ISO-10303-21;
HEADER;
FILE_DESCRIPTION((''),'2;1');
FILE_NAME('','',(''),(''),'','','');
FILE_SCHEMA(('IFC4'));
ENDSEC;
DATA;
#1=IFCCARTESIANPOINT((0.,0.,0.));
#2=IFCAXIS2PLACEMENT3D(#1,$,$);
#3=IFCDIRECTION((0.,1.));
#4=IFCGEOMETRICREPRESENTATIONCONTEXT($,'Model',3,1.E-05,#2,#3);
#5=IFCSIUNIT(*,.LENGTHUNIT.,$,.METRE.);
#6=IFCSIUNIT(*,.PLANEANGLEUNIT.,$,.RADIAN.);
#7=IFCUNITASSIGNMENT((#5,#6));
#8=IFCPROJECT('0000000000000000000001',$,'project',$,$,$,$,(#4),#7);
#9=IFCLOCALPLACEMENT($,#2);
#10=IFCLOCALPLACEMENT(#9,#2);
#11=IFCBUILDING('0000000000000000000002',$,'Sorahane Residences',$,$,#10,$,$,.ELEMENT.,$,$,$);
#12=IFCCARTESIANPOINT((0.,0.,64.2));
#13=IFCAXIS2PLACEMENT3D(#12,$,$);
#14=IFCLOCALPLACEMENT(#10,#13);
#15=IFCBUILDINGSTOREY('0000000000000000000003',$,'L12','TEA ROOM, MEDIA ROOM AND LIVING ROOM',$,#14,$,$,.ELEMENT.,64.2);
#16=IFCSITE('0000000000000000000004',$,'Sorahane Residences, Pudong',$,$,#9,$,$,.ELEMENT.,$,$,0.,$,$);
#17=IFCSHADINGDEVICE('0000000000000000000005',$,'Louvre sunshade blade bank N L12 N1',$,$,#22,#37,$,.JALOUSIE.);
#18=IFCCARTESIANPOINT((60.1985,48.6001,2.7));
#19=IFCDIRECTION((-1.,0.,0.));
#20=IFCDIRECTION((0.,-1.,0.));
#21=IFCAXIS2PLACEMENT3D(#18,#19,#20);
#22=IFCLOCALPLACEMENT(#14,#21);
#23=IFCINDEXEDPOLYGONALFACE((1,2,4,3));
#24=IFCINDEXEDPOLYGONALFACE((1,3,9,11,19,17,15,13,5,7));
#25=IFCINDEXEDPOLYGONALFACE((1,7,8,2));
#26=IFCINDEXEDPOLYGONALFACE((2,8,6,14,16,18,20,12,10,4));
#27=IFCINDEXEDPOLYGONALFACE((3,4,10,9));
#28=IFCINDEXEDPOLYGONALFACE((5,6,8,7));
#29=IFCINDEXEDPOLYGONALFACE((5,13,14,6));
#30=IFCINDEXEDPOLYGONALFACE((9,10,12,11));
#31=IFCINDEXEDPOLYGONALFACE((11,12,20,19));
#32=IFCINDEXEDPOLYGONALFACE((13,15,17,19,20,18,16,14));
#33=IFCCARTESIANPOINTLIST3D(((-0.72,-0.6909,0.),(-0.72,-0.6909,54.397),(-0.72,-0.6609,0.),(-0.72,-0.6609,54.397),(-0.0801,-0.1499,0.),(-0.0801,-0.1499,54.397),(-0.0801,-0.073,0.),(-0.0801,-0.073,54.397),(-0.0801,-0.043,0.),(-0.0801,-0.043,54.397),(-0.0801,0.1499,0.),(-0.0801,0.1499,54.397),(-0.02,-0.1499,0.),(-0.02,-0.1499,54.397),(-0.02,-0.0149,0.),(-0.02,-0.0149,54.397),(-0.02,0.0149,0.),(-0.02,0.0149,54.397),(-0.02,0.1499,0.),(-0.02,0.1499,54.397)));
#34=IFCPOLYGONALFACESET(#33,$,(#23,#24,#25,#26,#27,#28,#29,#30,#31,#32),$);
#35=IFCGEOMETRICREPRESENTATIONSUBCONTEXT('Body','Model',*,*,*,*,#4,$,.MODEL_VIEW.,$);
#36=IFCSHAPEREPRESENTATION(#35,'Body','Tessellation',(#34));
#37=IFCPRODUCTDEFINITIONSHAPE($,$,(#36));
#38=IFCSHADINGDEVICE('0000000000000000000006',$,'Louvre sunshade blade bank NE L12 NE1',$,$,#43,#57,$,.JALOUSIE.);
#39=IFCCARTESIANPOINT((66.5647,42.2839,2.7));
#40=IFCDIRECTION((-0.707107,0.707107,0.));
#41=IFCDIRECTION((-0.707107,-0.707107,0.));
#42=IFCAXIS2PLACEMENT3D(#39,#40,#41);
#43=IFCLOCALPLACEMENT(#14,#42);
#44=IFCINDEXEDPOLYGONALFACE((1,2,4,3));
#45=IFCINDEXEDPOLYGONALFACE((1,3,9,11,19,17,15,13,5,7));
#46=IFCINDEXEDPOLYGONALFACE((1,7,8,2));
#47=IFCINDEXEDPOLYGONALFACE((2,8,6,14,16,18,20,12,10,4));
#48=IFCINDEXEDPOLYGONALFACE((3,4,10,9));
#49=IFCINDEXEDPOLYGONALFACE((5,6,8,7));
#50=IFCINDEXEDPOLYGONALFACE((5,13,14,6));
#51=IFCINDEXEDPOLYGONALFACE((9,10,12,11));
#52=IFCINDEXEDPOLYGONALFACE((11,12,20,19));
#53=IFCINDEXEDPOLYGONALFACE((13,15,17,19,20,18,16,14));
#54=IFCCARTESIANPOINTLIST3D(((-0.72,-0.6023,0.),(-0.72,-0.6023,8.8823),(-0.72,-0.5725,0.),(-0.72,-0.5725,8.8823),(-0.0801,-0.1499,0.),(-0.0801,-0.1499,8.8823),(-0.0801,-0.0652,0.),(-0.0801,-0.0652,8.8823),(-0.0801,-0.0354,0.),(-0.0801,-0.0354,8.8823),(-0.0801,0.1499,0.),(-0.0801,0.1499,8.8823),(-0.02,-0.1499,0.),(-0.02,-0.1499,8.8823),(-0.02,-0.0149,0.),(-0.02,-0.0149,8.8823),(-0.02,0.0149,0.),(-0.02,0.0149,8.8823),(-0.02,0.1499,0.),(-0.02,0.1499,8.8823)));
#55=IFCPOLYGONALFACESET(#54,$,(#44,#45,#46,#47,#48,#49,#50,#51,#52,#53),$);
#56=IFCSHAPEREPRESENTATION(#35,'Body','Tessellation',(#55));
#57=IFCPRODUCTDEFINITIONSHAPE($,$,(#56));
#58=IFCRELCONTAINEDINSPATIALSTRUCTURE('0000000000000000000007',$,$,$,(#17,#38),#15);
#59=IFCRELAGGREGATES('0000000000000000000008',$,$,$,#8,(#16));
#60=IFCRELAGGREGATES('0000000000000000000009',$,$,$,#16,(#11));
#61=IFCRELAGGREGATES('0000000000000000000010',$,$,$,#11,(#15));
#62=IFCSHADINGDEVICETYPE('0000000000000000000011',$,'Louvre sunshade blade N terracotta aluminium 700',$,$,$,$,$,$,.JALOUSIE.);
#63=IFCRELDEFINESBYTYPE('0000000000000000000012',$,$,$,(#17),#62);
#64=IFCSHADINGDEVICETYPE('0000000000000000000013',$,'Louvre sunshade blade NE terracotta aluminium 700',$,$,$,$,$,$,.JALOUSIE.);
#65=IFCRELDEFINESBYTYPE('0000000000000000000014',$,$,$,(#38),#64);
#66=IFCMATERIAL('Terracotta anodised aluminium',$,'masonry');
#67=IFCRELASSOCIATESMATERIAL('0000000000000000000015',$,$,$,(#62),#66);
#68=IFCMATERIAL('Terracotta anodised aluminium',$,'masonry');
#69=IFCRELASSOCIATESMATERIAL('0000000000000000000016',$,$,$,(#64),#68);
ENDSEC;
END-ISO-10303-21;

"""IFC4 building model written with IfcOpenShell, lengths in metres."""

from ifc_helpers import new_model, si_unit, direction, frame, origin, place, context, subcontext, project, spatial, polyline, outline, extrude, material, type_object, element, save


model = new_model("IFC4")

# Units and contexts
model_context = context("Model", 3, precision=1e-05, world=origin(), true_north=direction((0.0, 1.0)))
body_context = subcontext(model_context, "Body", "Model", "MODEL_VIEW")
ifc_project = project(units=[si_unit("LENGTHUNIT", "METRE"), si_unit("PLANEANGLEUNIT", "RADIAN")], contexts=[model_context])

# Site, building, storey
site_placement = place(None, origin())
site = spatial("IfcSite", under=ifc_project, at=site_placement, Name="Sorahane Residences, Pudong", CompositionType="ELEMENT", RefElevation=0.0)
building_placement = place(site_placement, origin())
building = spatial("IfcBuilding", under=site, at=building_placement, Name="Sorahane Residences", CompositionType="ELEMENT")
storey_placement = place(building_placement, frame((0.0, 0.0, 64.2)))
storey = spatial("IfcBuildingStorey", under=building, at=storey_placement, Name="L12", Description="TEA ROOM, MEDIA ROOM AND LIVING ROOM", CompositionType="ELEMENT", Elevation=64.2)

# Shading devices
ifc_material_1 = material(Name="Terracotta anodised aluminium", Category="masonry")
shading_device_type_1 = type_object("IfcShadingDeviceType", Name="Louvre sunshade blade N terracotta aluminium 700", PredefinedType="JALOUSIE", material=ifc_material_1)
shading_device_1_placement = place(storey_placement, frame((60.1985, 48.6001, 2.7), z_axis=(-1.0, 0.0, 0.0), x_axis=(0.0, -1.0, 0.0)))
element("IfcShadingDevice", 1, at=shading_device_1_placement, inside=storey, type_object=shading_device_type_1, Name="Louvre sunshade blade bank N L12 N1", PredefinedType="JALOUSIE", context=body_context, shape_type="SweptSolid", body=[
    extrude(outline(polyline([(-0.72, -0.6609), (-0.72, -0.6909), (-0.0801, -0.073), (-0.0801, -0.1499), (-0.02, -0.1499), (-0.02, -0.0149), (-0.02, 0.0149), (-0.02, 0.1499), (-0.0801, 0.1499), (-0.0801, -0.043), (-0.72, -0.6609)])), origin(), (0.0, 0.0, 1.0), 54.397),
])
ifc_material_2 = material(Name="Terracotta anodised aluminium", Category="masonry")
shading_device_type_2 = type_object("IfcShadingDeviceType", Name="Louvre sunshade blade NE terracotta aluminium 700", PredefinedType="JALOUSIE", material=ifc_material_2)
shading_device_2_placement = place(storey_placement, frame((66.5647, 42.2839, 2.7), z_axis=(-0.707107, 0.707107, 0.0), x_axis=(-0.707107, -0.707107, 0.0)))
element("IfcShadingDevice", 2, at=shading_device_2_placement, inside=storey, type_object=shading_device_type_2, Name="Louvre sunshade blade bank NE L12 NE1", PredefinedType="JALOUSIE", context=body_context, shape_type="SweptSolid", body=[
    extrude(outline(polyline([(-0.72, -0.5725), (-0.72, -0.6023), (-0.0801, -0.0652), (-0.0801, -0.1499), (-0.02, -0.1499), (-0.02, -0.0149), (-0.02, 0.0149), (-0.02, 0.1499), (-0.0801, 0.1499), (-0.0801, -0.0354), (-0.72, -0.5725)])), origin(), (0.0, 0.0, 1.0), 8.8823),
])

save(model, "model.ifc")
